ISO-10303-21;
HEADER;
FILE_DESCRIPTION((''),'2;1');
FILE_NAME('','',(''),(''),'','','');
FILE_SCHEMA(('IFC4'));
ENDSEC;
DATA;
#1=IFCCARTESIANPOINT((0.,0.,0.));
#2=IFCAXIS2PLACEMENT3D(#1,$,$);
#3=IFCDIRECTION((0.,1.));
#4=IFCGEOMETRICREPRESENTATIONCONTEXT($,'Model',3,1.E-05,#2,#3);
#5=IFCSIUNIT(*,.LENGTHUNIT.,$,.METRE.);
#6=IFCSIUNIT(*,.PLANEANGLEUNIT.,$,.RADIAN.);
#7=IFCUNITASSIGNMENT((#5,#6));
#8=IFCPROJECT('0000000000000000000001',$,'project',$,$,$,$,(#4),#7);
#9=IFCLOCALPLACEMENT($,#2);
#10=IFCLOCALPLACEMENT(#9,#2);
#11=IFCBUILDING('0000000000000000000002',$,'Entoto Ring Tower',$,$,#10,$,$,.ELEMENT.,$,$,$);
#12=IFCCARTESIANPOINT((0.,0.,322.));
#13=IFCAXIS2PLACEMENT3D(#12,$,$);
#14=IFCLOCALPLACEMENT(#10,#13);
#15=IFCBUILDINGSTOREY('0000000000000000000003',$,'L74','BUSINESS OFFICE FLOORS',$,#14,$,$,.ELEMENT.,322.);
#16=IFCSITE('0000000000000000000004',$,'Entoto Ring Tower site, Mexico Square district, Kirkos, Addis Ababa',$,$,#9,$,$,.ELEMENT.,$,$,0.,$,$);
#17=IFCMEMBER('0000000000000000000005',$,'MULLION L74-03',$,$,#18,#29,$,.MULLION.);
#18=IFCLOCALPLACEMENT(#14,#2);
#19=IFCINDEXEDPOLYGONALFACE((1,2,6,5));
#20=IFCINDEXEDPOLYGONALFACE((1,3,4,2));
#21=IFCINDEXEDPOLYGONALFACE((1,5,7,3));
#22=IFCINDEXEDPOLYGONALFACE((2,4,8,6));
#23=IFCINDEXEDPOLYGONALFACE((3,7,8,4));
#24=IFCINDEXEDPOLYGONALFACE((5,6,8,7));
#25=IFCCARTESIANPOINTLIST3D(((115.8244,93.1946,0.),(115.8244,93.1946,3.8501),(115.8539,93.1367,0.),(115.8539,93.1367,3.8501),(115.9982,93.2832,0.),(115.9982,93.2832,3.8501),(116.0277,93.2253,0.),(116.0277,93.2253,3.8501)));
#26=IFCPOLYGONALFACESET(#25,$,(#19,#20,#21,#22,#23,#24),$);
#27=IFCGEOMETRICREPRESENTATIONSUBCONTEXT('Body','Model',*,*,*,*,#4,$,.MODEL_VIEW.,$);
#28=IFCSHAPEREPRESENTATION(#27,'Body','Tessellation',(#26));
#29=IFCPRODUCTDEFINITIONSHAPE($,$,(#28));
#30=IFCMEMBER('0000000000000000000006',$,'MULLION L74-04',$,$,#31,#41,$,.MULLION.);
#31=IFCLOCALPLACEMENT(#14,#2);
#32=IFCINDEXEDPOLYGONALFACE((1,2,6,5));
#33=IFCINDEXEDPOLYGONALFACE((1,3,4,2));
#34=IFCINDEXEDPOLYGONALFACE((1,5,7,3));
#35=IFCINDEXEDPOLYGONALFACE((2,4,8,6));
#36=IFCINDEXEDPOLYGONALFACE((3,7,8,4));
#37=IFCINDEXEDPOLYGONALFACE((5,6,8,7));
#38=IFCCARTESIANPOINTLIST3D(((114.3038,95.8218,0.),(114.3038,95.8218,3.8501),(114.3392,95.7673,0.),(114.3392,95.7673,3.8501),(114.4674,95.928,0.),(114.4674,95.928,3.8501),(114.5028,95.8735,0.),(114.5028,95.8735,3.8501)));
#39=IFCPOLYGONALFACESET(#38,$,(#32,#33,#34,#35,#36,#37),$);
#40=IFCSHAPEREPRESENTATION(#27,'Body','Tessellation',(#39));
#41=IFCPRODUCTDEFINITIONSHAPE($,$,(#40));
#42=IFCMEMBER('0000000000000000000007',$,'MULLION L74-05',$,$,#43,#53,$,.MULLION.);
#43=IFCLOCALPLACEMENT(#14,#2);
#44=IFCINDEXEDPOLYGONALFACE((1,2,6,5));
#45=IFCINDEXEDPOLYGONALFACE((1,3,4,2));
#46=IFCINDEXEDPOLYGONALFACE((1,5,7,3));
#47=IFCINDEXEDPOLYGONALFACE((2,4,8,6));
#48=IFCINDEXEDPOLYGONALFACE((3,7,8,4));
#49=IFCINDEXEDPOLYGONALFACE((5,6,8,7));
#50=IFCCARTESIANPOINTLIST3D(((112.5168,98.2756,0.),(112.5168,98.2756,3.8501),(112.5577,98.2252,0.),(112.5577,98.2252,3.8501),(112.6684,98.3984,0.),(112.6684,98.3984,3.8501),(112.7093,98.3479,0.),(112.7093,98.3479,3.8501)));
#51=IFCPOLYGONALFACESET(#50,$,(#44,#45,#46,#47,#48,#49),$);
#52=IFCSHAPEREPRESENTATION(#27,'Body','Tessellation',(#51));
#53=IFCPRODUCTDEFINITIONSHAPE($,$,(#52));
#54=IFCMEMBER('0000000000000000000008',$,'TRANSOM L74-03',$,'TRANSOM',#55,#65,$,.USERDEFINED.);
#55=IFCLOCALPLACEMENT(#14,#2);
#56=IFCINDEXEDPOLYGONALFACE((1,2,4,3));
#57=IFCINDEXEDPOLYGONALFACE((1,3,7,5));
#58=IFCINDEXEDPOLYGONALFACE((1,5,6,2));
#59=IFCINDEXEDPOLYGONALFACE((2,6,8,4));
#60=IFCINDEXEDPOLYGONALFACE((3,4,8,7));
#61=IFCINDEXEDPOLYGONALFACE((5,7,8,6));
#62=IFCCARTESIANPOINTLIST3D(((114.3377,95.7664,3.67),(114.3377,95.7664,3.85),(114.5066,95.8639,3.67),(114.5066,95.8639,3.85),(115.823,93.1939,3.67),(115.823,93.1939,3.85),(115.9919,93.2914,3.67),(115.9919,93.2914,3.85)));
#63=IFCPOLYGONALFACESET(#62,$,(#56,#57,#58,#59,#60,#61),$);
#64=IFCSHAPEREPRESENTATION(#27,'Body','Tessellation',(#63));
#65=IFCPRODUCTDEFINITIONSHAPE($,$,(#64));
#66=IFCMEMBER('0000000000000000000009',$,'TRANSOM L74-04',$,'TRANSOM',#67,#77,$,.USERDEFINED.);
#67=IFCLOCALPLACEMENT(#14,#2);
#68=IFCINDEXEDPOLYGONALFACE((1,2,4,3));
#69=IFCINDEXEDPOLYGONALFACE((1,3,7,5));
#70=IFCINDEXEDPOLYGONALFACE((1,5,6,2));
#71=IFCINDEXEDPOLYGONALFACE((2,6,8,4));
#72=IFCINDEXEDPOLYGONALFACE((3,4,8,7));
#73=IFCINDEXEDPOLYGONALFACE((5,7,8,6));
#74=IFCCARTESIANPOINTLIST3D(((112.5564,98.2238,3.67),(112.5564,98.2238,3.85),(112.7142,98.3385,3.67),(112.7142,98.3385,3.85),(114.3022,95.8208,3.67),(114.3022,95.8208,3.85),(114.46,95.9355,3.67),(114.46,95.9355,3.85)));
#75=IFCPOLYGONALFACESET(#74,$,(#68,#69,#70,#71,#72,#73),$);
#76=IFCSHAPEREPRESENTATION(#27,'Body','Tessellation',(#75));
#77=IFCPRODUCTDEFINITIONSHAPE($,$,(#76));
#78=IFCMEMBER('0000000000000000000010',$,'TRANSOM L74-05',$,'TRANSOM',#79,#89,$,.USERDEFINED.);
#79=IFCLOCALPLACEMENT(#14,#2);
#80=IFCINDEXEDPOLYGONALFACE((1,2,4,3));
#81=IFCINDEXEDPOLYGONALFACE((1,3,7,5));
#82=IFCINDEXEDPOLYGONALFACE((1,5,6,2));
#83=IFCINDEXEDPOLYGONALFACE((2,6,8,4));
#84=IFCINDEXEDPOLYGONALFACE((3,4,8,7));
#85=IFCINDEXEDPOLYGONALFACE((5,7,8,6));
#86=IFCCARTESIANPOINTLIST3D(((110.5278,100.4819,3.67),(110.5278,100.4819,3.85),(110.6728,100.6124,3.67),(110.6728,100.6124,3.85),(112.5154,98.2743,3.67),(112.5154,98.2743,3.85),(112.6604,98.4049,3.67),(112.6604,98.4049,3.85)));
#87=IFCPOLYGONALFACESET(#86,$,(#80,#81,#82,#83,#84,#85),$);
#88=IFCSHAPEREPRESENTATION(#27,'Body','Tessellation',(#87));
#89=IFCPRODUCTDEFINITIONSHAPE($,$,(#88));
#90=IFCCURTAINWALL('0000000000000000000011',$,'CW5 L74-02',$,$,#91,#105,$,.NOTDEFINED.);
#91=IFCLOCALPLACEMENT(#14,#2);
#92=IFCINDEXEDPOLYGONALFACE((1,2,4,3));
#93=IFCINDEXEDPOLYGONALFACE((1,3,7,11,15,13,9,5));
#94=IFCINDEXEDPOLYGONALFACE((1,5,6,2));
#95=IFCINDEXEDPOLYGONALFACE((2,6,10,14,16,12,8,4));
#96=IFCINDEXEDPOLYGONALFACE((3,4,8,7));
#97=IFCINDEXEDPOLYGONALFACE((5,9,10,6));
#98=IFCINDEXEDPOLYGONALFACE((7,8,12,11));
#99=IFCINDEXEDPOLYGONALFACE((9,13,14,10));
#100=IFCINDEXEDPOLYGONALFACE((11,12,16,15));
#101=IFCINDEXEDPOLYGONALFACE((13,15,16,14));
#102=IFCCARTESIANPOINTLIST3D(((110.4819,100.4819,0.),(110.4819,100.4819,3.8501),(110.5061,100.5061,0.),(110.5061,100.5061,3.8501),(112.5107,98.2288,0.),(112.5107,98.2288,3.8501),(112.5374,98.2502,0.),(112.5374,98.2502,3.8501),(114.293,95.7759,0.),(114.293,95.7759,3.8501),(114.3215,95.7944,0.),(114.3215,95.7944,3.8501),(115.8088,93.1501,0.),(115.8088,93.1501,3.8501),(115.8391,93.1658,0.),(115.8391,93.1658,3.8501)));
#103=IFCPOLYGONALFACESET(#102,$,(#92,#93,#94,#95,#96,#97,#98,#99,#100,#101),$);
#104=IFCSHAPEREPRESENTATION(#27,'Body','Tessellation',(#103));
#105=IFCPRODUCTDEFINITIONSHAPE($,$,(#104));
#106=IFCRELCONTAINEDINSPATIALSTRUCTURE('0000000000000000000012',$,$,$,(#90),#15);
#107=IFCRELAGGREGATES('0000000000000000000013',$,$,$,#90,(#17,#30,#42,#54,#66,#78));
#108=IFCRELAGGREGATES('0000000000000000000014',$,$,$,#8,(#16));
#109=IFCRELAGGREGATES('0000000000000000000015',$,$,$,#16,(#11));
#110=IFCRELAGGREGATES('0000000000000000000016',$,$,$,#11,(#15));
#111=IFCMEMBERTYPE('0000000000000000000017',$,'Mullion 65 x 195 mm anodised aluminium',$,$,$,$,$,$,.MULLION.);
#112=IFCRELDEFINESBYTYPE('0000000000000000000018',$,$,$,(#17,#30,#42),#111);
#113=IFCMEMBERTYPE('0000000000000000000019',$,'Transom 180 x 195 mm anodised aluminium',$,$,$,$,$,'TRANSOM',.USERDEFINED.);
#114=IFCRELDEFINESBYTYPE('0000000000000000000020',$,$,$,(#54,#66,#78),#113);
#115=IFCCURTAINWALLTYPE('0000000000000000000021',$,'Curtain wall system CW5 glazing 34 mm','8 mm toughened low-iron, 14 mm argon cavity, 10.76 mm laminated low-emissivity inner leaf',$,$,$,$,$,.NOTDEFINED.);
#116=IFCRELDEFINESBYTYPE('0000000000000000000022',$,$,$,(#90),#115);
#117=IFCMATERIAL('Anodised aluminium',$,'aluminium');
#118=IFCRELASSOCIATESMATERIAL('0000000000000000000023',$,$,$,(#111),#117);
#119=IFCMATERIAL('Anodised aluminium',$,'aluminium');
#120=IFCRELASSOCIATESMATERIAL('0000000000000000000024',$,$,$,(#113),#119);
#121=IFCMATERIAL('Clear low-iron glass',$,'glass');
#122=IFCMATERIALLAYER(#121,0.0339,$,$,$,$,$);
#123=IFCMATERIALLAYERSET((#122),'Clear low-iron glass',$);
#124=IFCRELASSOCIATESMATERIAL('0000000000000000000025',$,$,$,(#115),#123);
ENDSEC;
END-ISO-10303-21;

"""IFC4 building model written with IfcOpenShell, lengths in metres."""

from ifc_helpers import new_model, si_unit, direction, frame, origin, origin_2d, place, context, subcontext, project, spatial, polyline, rectangle, outline, extrude, material, layer, layer_set, material_profile, profile_set, type_object, element, aggregate, save


model = new_model("IFC4")

# Units and contexts
model_context = context("Model", 3, precision=1e-05, world=origin(), true_north=direction((0.0, 1.0)))
body_context = subcontext(model_context, "Body", "Model", "MODEL_VIEW")
ifc_project = project(units=[si_unit("LENGTHUNIT", "METRE"), si_unit("PLANEANGLEUNIT", "RADIAN")], contexts=[model_context])

# Members
ifc_material_1 = material(Name="Anodised aluminium", Category="aluminium")
ifc_material_profile_1 = material_profile(ifc_material_1, rectangle(XDim=0.0649, YDim=0.1951, at=origin_2d()), Name="Mullion 65 x 195 mm anodised aluminium")
ifc_profile_set_1 = profile_set([ifc_material_profile_1], Name="Anodised aluminium")
member_type_1 = type_object("IfcMemberType", Name="Mullion 65 x 195 mm anodised aluminium", PredefinedType="MULLION", material=ifc_profile_set_1)
site_placement = place(None, origin())
building_placement = place(site_placement, origin())
storey_placement = place(building_placement, frame((0.0, 0.0, 322.0)))
member_1_placement = place(storey_placement, frame((115.926, 93.21, 0.0), z_axis=(0.0, 0.0, 1.0), x_axis=(-0.45399, 0.891007, 0.0)))
member_1 = element("IfcMember", 1, at=member_1_placement, type_object=member_type_1, Name="MULLION L74-03", PredefinedType="MULLION", context=body_context, shape_type="SweptSolid", body=[
    extrude(rectangle(XDim=0.0649, YDim=0.1951, at=origin_2d()), origin(), (0.0, 0.0, 1.0), 3.8501),
])
member_2_placement = place(storey_placement, frame((114.4033, 95.8477, 0.0), z_axis=(0.0, 0.0, 1.0), x_axis=(-0.544639, 0.838671, 0.0)))
member_2 = element("IfcMember", 2, at=member_2_placement, type_object=member_type_1, Name="MULLION L74-04", PredefinedType="MULLION", context=body_context, shape_type="SweptSolid", body=[
    extrude(rectangle(XDim=0.0649, YDim=0.1951, at=origin_2d()), origin(), (0.0, 0.0, 1.0), 3.8501),
])
member_3_placement = place(storey_placement, frame((112.613, 98.3118, 0.0), z_axis=(0.0, 0.0, 1.0), x_axis=(-0.62932, 0.777146, 0.0)))
member_3 = element("IfcMember", 3, at=member_3_placement, type_object=member_type_1, Name="MULLION L74-05", PredefinedType="MULLION", context=body_context, shape_type="SweptSolid", body=[
    extrude(rectangle(XDim=0.0649, YDim=0.1951, at=origin_2d()), origin(), (0.0, 0.0, 1.0), 3.8501),
])
ifc_material_2 = material(Name="Anodised aluminium", Category="aluminium")
ifc_material_profile_2 = material_profile(ifc_material_2, rectangle(XDim=0.1951, YDim=0.1799, at=origin_2d()), Name="Transom 180 x 195 mm anodised aluminium")
ifc_profile_set_2 = profile_set([ifc_material_profile_2], Name="Anodised aluminium")
member_type_2 = type_object("IfcMemberType", Name="Transom 180 x 195 mm anodised aluminium", ElementType="TRANSOM", PredefinedType="USERDEFINED", material=ifc_profile_set_2)
member_4_placement = place(storey_placement, frame((115.9075, 93.2427, 3.76), z_axis=(-0.500028, 0.866009, 0.0), x_axis=(-0.866009, -0.500028, 0.0)))
member_4 = element("IfcMember", 4, at=member_4_placement, type_object=member_type_2, Name="TRANSOM L74-03", ObjectType="TRANSOM", PredefinedType="USERDEFINED", context=body_context, shape_type="SweptSolid", body=[
    extrude(rectangle(XDim=0.1951, YDim=0.1799, at=origin_2d()), origin(), (0.0, 0.0, 1.0), 2.9705),
])
member_5_placement = place(storey_placement, frame((114.3811, 95.8782, 3.76), z_axis=(-0.587766, 0.809031, 0.0), x_axis=(-0.809031, -0.587766, 0.0)))
member_5 = element("IfcMember", 5, at=member_5_placement, type_object=member_type_2, Name="TRANSOM L74-04", ObjectType="TRANSOM", PredefinedType="USERDEFINED", context=body_context, shape_type="SweptSolid", body=[
    extrude(rectangle(XDim=0.1951, YDim=0.1799, at=origin_2d()), origin(), (0.0, 0.0, 1.0), 2.9702),
])
member_6_placement = place(storey_placement, frame((112.5879, 98.3396, 3.76), z_axis=(-0.66911, 0.743163, 0.0), x_axis=(-0.743163, -0.66911, 0.0)))
member_6 = element("IfcMember", 6, at=member_6_placement, type_object=member_type_2, Name="TRANSOM L74-05", ObjectType="TRANSOM", PredefinedType="USERDEFINED", context=body_context, shape_type="SweptSolid", body=[
    extrude(rectangle(XDim=0.1951, YDim=0.1799, at=origin_2d()), origin(), (0.0, 0.0, 1.0), 2.9705),
])

# Site, building, storey
site = spatial("IfcSite", under=ifc_project, at=site_placement, Name="Entoto Ring Tower site, Mexico Square district, Kirkos, Addis Ababa", CompositionType="ELEMENT", RefElevation=0.0)
building = spatial("IfcBuilding", under=site, at=building_placement, Name="Entoto Ring Tower", CompositionType="ELEMENT")
storey = spatial("IfcBuildingStorey", under=building, at=storey_placement, Name="L74", Description="BUSINESS OFFICE FLOORS", CompositionType="ELEMENT", Elevation=322.0)

# Curtain wall
ifc_material_3 = material(Name="Clear low-iron glass", Category="glass")
ifc_layer_1 = layer(ifc_material_3, 0.0339)
ifc_layer_set_1 = layer_set([ifc_layer_1], Name="Clear low-iron glass")
curtain_wall_type = type_object("IfcCurtainWallType", Name="Curtain wall system CW5 glazing 34 mm", Description="8 mm toughened low-iron, 14 mm argon cavity, 10.76 mm laminated low-emissivity inner leaf", PredefinedType="NOTDEFINED", material=ifc_layer_set_1)
curtain_wall_1_placement = place(storey_placement, origin())
curtain_wall_1 = element("IfcCurtainWall", 7, at=curtain_wall_1_placement, inside=storey, type_object=curtain_wall_type, Name="CW5 L74-02", PredefinedType="NOTDEFINED", context=body_context, shape_type="SweptSolid", body=[
    extrude(outline(polyline([(115.8391, 93.1658), (114.3215, 95.7944), (112.5374, 98.2502), (110.5061, 100.5061), (110.4819, 100.4819), (112.5107, 98.2288), (114.293, 95.7759), (115.8088, 93.1501), (115.8391, 93.1658)])), origin(), (0.0, 0.0, 1.0), 3.8501),
])
aggregate(curtain_wall_1, [member_1, member_2, member_3, member_4, member_5, member_6])

save(model, "model.ifc")
